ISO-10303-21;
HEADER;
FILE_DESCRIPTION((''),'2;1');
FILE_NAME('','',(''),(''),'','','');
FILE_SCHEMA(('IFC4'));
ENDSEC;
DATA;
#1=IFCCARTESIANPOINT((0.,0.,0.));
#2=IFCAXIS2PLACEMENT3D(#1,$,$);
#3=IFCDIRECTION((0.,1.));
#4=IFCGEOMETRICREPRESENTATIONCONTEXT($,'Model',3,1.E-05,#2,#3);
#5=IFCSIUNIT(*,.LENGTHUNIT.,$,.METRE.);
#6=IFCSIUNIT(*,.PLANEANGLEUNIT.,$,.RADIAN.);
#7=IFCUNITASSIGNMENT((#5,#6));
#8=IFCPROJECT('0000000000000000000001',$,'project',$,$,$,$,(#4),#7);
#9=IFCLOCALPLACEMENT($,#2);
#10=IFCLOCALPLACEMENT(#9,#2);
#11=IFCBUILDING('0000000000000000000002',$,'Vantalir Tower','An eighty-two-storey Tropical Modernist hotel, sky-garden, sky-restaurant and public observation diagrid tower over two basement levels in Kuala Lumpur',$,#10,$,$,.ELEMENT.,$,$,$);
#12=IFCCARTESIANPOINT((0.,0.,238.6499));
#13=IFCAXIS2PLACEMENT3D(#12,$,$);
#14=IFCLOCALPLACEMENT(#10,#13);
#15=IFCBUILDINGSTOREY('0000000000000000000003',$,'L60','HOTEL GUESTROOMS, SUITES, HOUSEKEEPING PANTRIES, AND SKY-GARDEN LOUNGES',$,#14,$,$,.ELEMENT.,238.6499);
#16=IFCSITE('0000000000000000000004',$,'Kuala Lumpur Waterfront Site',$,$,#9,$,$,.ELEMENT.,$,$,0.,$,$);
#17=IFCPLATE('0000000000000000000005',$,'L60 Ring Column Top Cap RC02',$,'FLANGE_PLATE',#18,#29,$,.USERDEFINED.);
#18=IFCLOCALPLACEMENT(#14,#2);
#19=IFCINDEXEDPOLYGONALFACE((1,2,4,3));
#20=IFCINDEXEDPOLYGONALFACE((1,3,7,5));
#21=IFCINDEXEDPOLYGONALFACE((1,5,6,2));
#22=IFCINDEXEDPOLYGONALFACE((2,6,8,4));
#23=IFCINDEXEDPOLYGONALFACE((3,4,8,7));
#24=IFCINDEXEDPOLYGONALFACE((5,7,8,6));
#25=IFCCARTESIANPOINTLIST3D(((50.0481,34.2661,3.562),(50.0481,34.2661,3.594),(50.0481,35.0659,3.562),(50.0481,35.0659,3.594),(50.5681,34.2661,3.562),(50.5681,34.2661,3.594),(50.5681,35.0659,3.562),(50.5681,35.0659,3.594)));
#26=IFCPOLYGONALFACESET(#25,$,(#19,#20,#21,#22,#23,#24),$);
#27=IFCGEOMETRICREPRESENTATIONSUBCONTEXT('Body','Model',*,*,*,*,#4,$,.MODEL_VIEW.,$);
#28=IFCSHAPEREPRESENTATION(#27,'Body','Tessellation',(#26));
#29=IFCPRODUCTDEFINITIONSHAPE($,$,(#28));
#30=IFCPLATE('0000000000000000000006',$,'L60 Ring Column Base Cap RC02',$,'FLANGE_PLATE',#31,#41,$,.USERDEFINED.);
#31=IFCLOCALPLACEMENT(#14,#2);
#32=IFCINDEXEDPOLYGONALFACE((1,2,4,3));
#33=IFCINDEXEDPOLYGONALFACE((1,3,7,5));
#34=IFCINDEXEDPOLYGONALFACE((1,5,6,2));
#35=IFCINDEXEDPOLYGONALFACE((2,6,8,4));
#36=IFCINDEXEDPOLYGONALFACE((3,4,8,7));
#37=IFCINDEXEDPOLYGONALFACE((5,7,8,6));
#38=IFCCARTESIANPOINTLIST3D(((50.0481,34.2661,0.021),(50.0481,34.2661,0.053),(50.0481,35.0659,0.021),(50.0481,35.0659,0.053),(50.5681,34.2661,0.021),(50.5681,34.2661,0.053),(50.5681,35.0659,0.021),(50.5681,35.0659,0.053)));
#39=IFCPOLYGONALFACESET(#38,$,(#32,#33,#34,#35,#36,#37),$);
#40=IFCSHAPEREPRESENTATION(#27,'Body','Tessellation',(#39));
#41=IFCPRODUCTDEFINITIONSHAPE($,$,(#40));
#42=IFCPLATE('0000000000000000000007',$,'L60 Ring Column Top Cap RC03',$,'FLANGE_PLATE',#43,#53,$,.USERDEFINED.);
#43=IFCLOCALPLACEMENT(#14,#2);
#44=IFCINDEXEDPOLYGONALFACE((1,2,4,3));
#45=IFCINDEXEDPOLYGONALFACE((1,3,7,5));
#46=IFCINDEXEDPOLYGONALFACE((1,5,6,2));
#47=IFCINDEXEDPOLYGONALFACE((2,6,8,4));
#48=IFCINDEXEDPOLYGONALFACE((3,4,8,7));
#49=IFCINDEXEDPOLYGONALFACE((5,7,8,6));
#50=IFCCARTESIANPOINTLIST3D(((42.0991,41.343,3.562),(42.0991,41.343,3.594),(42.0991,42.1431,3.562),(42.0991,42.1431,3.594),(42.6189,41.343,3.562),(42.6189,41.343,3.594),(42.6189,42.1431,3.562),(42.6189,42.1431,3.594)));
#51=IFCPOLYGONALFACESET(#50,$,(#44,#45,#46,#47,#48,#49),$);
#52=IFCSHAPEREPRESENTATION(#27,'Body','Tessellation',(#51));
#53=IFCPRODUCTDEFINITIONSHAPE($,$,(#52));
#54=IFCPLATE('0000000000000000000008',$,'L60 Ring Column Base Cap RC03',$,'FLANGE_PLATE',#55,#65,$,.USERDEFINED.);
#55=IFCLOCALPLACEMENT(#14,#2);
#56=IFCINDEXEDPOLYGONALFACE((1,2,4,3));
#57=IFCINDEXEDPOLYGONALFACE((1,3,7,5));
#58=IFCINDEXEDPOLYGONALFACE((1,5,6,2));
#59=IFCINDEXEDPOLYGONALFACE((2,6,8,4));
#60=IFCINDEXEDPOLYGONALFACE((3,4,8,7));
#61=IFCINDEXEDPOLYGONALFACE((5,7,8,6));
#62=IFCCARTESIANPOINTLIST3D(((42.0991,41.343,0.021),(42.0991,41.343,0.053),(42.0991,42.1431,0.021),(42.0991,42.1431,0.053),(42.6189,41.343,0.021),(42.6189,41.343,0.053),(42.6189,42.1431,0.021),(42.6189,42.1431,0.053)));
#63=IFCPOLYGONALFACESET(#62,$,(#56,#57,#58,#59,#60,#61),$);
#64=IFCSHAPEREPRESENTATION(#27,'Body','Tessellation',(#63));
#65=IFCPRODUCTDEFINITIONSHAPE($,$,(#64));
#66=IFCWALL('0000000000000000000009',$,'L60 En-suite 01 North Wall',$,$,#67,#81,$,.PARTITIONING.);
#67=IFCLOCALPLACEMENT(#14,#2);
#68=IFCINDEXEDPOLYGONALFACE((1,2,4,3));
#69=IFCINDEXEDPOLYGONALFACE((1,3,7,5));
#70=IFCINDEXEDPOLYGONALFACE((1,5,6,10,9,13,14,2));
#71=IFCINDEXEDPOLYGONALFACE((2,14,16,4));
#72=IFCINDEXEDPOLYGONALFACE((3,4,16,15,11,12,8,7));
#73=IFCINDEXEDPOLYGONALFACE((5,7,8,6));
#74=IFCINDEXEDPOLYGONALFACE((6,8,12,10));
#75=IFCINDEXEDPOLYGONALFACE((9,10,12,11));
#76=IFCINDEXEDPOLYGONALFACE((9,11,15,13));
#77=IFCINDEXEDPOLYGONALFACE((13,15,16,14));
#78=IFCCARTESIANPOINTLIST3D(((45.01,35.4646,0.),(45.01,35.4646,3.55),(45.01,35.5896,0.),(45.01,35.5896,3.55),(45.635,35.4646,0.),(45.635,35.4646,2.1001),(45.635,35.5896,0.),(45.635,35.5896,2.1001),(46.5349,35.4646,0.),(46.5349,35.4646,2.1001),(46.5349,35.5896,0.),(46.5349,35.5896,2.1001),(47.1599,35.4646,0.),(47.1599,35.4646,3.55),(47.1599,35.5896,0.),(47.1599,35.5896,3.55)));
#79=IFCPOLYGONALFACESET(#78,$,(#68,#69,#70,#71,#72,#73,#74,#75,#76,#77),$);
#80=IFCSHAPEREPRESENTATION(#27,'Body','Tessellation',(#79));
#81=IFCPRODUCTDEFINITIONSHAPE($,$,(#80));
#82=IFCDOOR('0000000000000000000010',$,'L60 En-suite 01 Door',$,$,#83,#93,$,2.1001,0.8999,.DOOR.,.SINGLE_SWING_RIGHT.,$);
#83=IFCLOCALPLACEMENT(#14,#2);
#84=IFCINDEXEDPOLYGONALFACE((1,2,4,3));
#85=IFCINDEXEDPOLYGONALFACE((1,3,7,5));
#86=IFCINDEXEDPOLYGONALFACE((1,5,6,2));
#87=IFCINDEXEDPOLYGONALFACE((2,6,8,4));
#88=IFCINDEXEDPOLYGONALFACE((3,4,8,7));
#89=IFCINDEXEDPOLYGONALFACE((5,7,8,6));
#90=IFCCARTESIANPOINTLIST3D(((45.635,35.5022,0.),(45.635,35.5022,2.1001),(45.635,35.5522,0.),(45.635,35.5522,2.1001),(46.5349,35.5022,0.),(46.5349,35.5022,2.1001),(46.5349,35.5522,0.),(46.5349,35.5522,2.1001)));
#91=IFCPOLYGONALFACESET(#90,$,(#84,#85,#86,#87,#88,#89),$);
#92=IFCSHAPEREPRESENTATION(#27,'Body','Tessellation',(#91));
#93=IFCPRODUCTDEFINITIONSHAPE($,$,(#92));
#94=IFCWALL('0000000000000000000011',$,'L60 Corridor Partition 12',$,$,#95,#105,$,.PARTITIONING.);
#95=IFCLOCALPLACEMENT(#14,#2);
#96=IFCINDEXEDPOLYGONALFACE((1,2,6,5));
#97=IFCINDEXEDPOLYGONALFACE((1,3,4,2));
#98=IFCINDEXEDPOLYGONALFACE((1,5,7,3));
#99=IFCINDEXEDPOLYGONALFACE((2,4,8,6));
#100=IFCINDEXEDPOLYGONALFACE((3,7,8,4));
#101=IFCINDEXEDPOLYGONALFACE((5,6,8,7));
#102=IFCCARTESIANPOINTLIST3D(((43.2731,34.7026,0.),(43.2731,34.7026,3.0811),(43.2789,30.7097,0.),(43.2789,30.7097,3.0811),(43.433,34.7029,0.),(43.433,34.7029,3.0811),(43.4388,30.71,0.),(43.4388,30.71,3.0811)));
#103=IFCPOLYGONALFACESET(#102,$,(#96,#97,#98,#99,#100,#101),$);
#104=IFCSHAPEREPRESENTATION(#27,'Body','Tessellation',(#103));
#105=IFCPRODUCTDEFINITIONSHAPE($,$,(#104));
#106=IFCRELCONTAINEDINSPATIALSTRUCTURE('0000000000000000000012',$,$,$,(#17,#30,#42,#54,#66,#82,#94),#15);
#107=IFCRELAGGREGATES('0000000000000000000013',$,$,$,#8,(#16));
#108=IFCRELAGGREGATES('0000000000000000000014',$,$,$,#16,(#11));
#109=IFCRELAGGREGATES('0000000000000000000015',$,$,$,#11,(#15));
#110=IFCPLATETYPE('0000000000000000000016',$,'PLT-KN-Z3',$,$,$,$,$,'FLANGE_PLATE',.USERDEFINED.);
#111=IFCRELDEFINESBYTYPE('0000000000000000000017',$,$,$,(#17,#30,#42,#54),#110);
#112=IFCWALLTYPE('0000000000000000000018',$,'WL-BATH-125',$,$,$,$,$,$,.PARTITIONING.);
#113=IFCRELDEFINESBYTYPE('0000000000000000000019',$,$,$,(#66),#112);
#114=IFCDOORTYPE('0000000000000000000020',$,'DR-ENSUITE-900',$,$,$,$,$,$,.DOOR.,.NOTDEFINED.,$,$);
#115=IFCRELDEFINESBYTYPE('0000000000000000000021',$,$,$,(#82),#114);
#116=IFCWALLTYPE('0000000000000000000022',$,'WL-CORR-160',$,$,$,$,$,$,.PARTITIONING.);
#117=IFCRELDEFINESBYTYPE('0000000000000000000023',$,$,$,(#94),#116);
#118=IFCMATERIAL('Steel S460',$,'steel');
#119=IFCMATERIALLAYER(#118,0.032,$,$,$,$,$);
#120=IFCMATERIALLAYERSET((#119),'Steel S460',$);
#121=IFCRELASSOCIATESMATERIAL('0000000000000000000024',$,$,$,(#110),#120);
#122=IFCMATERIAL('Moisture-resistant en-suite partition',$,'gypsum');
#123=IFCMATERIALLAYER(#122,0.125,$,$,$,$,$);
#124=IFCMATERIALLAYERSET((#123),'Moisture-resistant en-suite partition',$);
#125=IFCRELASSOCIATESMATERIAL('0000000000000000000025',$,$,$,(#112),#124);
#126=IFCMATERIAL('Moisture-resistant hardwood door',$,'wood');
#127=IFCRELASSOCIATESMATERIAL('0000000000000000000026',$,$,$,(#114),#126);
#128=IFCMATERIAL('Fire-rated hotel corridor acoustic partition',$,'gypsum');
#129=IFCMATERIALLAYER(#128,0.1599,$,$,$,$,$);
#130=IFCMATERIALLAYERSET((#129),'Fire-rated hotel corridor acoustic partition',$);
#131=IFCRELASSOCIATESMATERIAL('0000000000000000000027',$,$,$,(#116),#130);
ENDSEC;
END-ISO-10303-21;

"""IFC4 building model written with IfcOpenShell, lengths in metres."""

from ifc_helpers import new_model, si_unit, direction, frame, frame_2d, origin, place, context, subcontext, project, spatial, polyline, rectangle, outline, extrude, material, layer, layer_set, type_object, element, fill, save


model = new_model("IFC4")

# Units and contexts
model_context = context("Model", 3, precision=1e-05, world=origin(), true_north=direction((0.0, 1.0)))
body_context = subcontext(model_context, "Body", "Model", "MODEL_VIEW")
ifc_project = project(units=[si_unit("LENGTHUNIT", "METRE"), si_unit("PLANEANGLEUNIT", "RADIAN")], contexts=[model_context])

# Site, building, storey
site_placement = place(None, origin())
site = spatial("IfcSite", under=ifc_project, at=site_placement, Name="Kuala Lumpur Waterfront Site", CompositionType="ELEMENT", RefElevation=0.0)
building_placement = place(site_placement, origin())
building = spatial("IfcBuilding", under=site, at=building_placement, Name="Vantalir Tower", Description="An eighty-two-storey Tropical Modernist hotel, sky-garden, sky-restaurant and public observation diagrid tower over two basement levels in Kuala Lumpur", CompositionType="ELEMENT")
storey_placement = place(building_placement, frame((0.0, 0.0, 238.6499)))
storey = spatial("IfcBuildingStorey", under=building, at=storey_placement, Name="L60", Description="HOTEL GUESTROOMS, SUITES, HOUSEKEEPING PANTRIES, AND SKY-GARDEN LOUNGES", CompositionType="ELEMENT", Elevation=238.6499)

# Shared definitions
ifc_material_1 = material(Name="Steel S460", Category="steel")

# Plates
ifc_layer_1 = layer(ifc_material_1, 0.032)
ifc_layer_set_1 = layer_set([ifc_layer_1], Name="Steel S460")
plate_type_1 = type_object("IfcPlateType", Name="PLT-KN-Z3", ElementType="FLANGE_PLATE", PredefinedType="USERDEFINED", material=ifc_layer_set_1)
for number, where, z_axis, x_axis, name in (
    (1, (50.0481, 35.0659, 3.594), (0.0, 0.0, 1.0), (0.0, -1.0, 0.0), "L60 Ring Column Top Cap RC02"),
    (2, (50.0481, 35.0659, 0.053), (0.0, 0.0, 1.0), (0.0, -1.0, 0.0), "L60 Ring Column Base Cap RC02"),
):
    element("IfcPlate", number, at=place(storey_placement, frame(where, z_axis=z_axis, x_axis=x_axis)), inside=storey, type_object=plate_type_1, Name=name, ObjectType="FLANGE_PLATE", PredefinedType="USERDEFINED", context=body_context, shape_type="SweptSolid", body=[
        extrude(outline(polyline([(0.0, 0.0), (0.7998, 0.0), (0.7998, 0.52), (0.0, 0.52), (0.0, 0.0)])), origin(), (0.0, 0.0, -1.0), 0.032),
    ])
for number, where, z_axis, x_axis, name in (
    (3, (42.0991, 42.1431, 3.594), (0.0, 0.0, 1.0), (0.0, -1.0, 0.0), "L60 Ring Column Top Cap RC03"),
    (4, (42.0991, 42.1431, 0.053), (0.0, 0.0, 1.0), (0.0, -1.0, 0.0), "L60 Ring Column Base Cap RC03"),
):
    element("IfcPlate", number, at=place(storey_placement, frame(where, z_axis=z_axis, x_axis=x_axis)), inside=storey, type_object=plate_type_1, Name=name, ObjectType="FLANGE_PLATE", PredefinedType="USERDEFINED", context=body_context, shape_type="SweptSolid", body=[
        extrude(outline(polyline([(0.0, 0.0), (0.8, 0.0), (0.8, 0.5198), (0.0, 0.5198), (0.0, 0.0)])), origin(), (0.0, 0.0, -1.0), 0.032),
    ])

# Wall, opening, door
ifc_material_2 = material(Name="Moisture-resistant en-suite partition", Category="gypsum")
ifc_layer_2 = layer(ifc_material_2, 0.125)
ifc_layer_set_2 = layer_set([ifc_layer_2], Name="Moisture-resistant en-suite partition")
wall_type_1 = type_object("IfcWallType", Name="WL-BATH-125", PredefinedType="PARTITIONING", material=ifc_layer_set_2)
wall_1_placement = place(storey_placement, frame((45.01, 35.5271, 0.0), z_axis=(0.0, 0.0, 1.0), x_axis=(1.0, 0.0, 0.0)))
wall_1 = element("IfcWall", 5, at=wall_1_placement, inside=storey, type_object=wall_type_1, Name="L60 En-suite 01 North Wall", PredefinedType="PARTITIONING", context=body_context, shape_type="SweptSolid", body=[
    extrude(rectangle(XDim=2.1499, YDim=0.125, at=frame_2d((1.075, 0.0))), origin(), (0.0, 0.0, 1.0), 3.55),
])
opening_placement = place(wall_1_placement, frame((0.625, 0.0, 0.0)))
opening = element("IfcOpeningElement", 6, at=opening_placement, cuts=wall_1, PredefinedType="OPENING", context=body_context, shape_type="SweptSolid", body=[
    extrude(rectangle(XDim=0.8999, YDim=2.1001, at=frame_2d((0.45, 1.05))), frame((0.0, 0.0725, 0.0), z_axis=(0.0, -1.0, 0.0), x_axis=(1.0, 0.0, 0.0)), (0.0, 0.0, 1.0), 0.145),
])
ifc_material_3 = material(Name="Moisture-resistant hardwood door", Category="wood")
door_type = type_object("IfcDoorType", Name="DR-ENSUITE-900", OperationType="NOTDEFINED", PredefinedType="DOOR", material=ifc_material_3)
door_placement = place(opening_placement, frame((0.8999, 0.0, 0.0), z_axis=(0.0, 0.0, 1.0), x_axis=(-1.0, 0.0, 0.0)))
door = element("IfcDoor", 7, at=door_placement, inside=storey, type_object=door_type, Name="L60 En-suite 01 Door", OperationType="SINGLE_SWING_RIGHT", OverallHeight=2.1001, OverallWidth=0.8999, PredefinedType="DOOR", context=body_context, shape_type="SweptSolid", body=[
    extrude(rectangle(XDim=0.8999, YDim=2.1001, at=frame_2d((0.45, 1.05))), frame((0.0, 0.0249, 0.0), z_axis=(0.0, -1.0, 0.0), x_axis=(1.0, 0.0, 0.0)), (0.0, 0.0, 1.0), 0.05),
])
fill(opening, door)

# Wall
ifc_material_4 = material(Name="Fire-rated hotel corridor acoustic partition", Category="gypsum")
ifc_layer_3 = layer(ifc_material_4, 0.1599)
ifc_layer_set_3 = layer_set([ifc_layer_3], Name="Fire-rated hotel corridor acoustic partition")
wall_type_2 = type_object("IfcWallType", Name="WL-CORR-160", PredefinedType="PARTITIONING", material=ifc_layer_set_3)
wall_2_placement = place(storey_placement, frame((43.353, 34.7029, 0.0), z_axis=(0.0, 0.0, 1.0), x_axis=(0.001467, -0.999999, 0.0)))
element("IfcWall", 8, at=wall_2_placement, inside=storey, type_object=wall_type_2, Name="L60 Corridor Partition 12", PredefinedType="PARTITIONING", context=body_context, shape_type="SweptSolid", body=[
    extrude(rectangle(XDim=3.9929, YDim=0.1599, at=frame_2d((1.9966, 0.0))), origin(), (0.0, 0.0, 1.0), 3.0811),
])

save(model, "model.ifc")
